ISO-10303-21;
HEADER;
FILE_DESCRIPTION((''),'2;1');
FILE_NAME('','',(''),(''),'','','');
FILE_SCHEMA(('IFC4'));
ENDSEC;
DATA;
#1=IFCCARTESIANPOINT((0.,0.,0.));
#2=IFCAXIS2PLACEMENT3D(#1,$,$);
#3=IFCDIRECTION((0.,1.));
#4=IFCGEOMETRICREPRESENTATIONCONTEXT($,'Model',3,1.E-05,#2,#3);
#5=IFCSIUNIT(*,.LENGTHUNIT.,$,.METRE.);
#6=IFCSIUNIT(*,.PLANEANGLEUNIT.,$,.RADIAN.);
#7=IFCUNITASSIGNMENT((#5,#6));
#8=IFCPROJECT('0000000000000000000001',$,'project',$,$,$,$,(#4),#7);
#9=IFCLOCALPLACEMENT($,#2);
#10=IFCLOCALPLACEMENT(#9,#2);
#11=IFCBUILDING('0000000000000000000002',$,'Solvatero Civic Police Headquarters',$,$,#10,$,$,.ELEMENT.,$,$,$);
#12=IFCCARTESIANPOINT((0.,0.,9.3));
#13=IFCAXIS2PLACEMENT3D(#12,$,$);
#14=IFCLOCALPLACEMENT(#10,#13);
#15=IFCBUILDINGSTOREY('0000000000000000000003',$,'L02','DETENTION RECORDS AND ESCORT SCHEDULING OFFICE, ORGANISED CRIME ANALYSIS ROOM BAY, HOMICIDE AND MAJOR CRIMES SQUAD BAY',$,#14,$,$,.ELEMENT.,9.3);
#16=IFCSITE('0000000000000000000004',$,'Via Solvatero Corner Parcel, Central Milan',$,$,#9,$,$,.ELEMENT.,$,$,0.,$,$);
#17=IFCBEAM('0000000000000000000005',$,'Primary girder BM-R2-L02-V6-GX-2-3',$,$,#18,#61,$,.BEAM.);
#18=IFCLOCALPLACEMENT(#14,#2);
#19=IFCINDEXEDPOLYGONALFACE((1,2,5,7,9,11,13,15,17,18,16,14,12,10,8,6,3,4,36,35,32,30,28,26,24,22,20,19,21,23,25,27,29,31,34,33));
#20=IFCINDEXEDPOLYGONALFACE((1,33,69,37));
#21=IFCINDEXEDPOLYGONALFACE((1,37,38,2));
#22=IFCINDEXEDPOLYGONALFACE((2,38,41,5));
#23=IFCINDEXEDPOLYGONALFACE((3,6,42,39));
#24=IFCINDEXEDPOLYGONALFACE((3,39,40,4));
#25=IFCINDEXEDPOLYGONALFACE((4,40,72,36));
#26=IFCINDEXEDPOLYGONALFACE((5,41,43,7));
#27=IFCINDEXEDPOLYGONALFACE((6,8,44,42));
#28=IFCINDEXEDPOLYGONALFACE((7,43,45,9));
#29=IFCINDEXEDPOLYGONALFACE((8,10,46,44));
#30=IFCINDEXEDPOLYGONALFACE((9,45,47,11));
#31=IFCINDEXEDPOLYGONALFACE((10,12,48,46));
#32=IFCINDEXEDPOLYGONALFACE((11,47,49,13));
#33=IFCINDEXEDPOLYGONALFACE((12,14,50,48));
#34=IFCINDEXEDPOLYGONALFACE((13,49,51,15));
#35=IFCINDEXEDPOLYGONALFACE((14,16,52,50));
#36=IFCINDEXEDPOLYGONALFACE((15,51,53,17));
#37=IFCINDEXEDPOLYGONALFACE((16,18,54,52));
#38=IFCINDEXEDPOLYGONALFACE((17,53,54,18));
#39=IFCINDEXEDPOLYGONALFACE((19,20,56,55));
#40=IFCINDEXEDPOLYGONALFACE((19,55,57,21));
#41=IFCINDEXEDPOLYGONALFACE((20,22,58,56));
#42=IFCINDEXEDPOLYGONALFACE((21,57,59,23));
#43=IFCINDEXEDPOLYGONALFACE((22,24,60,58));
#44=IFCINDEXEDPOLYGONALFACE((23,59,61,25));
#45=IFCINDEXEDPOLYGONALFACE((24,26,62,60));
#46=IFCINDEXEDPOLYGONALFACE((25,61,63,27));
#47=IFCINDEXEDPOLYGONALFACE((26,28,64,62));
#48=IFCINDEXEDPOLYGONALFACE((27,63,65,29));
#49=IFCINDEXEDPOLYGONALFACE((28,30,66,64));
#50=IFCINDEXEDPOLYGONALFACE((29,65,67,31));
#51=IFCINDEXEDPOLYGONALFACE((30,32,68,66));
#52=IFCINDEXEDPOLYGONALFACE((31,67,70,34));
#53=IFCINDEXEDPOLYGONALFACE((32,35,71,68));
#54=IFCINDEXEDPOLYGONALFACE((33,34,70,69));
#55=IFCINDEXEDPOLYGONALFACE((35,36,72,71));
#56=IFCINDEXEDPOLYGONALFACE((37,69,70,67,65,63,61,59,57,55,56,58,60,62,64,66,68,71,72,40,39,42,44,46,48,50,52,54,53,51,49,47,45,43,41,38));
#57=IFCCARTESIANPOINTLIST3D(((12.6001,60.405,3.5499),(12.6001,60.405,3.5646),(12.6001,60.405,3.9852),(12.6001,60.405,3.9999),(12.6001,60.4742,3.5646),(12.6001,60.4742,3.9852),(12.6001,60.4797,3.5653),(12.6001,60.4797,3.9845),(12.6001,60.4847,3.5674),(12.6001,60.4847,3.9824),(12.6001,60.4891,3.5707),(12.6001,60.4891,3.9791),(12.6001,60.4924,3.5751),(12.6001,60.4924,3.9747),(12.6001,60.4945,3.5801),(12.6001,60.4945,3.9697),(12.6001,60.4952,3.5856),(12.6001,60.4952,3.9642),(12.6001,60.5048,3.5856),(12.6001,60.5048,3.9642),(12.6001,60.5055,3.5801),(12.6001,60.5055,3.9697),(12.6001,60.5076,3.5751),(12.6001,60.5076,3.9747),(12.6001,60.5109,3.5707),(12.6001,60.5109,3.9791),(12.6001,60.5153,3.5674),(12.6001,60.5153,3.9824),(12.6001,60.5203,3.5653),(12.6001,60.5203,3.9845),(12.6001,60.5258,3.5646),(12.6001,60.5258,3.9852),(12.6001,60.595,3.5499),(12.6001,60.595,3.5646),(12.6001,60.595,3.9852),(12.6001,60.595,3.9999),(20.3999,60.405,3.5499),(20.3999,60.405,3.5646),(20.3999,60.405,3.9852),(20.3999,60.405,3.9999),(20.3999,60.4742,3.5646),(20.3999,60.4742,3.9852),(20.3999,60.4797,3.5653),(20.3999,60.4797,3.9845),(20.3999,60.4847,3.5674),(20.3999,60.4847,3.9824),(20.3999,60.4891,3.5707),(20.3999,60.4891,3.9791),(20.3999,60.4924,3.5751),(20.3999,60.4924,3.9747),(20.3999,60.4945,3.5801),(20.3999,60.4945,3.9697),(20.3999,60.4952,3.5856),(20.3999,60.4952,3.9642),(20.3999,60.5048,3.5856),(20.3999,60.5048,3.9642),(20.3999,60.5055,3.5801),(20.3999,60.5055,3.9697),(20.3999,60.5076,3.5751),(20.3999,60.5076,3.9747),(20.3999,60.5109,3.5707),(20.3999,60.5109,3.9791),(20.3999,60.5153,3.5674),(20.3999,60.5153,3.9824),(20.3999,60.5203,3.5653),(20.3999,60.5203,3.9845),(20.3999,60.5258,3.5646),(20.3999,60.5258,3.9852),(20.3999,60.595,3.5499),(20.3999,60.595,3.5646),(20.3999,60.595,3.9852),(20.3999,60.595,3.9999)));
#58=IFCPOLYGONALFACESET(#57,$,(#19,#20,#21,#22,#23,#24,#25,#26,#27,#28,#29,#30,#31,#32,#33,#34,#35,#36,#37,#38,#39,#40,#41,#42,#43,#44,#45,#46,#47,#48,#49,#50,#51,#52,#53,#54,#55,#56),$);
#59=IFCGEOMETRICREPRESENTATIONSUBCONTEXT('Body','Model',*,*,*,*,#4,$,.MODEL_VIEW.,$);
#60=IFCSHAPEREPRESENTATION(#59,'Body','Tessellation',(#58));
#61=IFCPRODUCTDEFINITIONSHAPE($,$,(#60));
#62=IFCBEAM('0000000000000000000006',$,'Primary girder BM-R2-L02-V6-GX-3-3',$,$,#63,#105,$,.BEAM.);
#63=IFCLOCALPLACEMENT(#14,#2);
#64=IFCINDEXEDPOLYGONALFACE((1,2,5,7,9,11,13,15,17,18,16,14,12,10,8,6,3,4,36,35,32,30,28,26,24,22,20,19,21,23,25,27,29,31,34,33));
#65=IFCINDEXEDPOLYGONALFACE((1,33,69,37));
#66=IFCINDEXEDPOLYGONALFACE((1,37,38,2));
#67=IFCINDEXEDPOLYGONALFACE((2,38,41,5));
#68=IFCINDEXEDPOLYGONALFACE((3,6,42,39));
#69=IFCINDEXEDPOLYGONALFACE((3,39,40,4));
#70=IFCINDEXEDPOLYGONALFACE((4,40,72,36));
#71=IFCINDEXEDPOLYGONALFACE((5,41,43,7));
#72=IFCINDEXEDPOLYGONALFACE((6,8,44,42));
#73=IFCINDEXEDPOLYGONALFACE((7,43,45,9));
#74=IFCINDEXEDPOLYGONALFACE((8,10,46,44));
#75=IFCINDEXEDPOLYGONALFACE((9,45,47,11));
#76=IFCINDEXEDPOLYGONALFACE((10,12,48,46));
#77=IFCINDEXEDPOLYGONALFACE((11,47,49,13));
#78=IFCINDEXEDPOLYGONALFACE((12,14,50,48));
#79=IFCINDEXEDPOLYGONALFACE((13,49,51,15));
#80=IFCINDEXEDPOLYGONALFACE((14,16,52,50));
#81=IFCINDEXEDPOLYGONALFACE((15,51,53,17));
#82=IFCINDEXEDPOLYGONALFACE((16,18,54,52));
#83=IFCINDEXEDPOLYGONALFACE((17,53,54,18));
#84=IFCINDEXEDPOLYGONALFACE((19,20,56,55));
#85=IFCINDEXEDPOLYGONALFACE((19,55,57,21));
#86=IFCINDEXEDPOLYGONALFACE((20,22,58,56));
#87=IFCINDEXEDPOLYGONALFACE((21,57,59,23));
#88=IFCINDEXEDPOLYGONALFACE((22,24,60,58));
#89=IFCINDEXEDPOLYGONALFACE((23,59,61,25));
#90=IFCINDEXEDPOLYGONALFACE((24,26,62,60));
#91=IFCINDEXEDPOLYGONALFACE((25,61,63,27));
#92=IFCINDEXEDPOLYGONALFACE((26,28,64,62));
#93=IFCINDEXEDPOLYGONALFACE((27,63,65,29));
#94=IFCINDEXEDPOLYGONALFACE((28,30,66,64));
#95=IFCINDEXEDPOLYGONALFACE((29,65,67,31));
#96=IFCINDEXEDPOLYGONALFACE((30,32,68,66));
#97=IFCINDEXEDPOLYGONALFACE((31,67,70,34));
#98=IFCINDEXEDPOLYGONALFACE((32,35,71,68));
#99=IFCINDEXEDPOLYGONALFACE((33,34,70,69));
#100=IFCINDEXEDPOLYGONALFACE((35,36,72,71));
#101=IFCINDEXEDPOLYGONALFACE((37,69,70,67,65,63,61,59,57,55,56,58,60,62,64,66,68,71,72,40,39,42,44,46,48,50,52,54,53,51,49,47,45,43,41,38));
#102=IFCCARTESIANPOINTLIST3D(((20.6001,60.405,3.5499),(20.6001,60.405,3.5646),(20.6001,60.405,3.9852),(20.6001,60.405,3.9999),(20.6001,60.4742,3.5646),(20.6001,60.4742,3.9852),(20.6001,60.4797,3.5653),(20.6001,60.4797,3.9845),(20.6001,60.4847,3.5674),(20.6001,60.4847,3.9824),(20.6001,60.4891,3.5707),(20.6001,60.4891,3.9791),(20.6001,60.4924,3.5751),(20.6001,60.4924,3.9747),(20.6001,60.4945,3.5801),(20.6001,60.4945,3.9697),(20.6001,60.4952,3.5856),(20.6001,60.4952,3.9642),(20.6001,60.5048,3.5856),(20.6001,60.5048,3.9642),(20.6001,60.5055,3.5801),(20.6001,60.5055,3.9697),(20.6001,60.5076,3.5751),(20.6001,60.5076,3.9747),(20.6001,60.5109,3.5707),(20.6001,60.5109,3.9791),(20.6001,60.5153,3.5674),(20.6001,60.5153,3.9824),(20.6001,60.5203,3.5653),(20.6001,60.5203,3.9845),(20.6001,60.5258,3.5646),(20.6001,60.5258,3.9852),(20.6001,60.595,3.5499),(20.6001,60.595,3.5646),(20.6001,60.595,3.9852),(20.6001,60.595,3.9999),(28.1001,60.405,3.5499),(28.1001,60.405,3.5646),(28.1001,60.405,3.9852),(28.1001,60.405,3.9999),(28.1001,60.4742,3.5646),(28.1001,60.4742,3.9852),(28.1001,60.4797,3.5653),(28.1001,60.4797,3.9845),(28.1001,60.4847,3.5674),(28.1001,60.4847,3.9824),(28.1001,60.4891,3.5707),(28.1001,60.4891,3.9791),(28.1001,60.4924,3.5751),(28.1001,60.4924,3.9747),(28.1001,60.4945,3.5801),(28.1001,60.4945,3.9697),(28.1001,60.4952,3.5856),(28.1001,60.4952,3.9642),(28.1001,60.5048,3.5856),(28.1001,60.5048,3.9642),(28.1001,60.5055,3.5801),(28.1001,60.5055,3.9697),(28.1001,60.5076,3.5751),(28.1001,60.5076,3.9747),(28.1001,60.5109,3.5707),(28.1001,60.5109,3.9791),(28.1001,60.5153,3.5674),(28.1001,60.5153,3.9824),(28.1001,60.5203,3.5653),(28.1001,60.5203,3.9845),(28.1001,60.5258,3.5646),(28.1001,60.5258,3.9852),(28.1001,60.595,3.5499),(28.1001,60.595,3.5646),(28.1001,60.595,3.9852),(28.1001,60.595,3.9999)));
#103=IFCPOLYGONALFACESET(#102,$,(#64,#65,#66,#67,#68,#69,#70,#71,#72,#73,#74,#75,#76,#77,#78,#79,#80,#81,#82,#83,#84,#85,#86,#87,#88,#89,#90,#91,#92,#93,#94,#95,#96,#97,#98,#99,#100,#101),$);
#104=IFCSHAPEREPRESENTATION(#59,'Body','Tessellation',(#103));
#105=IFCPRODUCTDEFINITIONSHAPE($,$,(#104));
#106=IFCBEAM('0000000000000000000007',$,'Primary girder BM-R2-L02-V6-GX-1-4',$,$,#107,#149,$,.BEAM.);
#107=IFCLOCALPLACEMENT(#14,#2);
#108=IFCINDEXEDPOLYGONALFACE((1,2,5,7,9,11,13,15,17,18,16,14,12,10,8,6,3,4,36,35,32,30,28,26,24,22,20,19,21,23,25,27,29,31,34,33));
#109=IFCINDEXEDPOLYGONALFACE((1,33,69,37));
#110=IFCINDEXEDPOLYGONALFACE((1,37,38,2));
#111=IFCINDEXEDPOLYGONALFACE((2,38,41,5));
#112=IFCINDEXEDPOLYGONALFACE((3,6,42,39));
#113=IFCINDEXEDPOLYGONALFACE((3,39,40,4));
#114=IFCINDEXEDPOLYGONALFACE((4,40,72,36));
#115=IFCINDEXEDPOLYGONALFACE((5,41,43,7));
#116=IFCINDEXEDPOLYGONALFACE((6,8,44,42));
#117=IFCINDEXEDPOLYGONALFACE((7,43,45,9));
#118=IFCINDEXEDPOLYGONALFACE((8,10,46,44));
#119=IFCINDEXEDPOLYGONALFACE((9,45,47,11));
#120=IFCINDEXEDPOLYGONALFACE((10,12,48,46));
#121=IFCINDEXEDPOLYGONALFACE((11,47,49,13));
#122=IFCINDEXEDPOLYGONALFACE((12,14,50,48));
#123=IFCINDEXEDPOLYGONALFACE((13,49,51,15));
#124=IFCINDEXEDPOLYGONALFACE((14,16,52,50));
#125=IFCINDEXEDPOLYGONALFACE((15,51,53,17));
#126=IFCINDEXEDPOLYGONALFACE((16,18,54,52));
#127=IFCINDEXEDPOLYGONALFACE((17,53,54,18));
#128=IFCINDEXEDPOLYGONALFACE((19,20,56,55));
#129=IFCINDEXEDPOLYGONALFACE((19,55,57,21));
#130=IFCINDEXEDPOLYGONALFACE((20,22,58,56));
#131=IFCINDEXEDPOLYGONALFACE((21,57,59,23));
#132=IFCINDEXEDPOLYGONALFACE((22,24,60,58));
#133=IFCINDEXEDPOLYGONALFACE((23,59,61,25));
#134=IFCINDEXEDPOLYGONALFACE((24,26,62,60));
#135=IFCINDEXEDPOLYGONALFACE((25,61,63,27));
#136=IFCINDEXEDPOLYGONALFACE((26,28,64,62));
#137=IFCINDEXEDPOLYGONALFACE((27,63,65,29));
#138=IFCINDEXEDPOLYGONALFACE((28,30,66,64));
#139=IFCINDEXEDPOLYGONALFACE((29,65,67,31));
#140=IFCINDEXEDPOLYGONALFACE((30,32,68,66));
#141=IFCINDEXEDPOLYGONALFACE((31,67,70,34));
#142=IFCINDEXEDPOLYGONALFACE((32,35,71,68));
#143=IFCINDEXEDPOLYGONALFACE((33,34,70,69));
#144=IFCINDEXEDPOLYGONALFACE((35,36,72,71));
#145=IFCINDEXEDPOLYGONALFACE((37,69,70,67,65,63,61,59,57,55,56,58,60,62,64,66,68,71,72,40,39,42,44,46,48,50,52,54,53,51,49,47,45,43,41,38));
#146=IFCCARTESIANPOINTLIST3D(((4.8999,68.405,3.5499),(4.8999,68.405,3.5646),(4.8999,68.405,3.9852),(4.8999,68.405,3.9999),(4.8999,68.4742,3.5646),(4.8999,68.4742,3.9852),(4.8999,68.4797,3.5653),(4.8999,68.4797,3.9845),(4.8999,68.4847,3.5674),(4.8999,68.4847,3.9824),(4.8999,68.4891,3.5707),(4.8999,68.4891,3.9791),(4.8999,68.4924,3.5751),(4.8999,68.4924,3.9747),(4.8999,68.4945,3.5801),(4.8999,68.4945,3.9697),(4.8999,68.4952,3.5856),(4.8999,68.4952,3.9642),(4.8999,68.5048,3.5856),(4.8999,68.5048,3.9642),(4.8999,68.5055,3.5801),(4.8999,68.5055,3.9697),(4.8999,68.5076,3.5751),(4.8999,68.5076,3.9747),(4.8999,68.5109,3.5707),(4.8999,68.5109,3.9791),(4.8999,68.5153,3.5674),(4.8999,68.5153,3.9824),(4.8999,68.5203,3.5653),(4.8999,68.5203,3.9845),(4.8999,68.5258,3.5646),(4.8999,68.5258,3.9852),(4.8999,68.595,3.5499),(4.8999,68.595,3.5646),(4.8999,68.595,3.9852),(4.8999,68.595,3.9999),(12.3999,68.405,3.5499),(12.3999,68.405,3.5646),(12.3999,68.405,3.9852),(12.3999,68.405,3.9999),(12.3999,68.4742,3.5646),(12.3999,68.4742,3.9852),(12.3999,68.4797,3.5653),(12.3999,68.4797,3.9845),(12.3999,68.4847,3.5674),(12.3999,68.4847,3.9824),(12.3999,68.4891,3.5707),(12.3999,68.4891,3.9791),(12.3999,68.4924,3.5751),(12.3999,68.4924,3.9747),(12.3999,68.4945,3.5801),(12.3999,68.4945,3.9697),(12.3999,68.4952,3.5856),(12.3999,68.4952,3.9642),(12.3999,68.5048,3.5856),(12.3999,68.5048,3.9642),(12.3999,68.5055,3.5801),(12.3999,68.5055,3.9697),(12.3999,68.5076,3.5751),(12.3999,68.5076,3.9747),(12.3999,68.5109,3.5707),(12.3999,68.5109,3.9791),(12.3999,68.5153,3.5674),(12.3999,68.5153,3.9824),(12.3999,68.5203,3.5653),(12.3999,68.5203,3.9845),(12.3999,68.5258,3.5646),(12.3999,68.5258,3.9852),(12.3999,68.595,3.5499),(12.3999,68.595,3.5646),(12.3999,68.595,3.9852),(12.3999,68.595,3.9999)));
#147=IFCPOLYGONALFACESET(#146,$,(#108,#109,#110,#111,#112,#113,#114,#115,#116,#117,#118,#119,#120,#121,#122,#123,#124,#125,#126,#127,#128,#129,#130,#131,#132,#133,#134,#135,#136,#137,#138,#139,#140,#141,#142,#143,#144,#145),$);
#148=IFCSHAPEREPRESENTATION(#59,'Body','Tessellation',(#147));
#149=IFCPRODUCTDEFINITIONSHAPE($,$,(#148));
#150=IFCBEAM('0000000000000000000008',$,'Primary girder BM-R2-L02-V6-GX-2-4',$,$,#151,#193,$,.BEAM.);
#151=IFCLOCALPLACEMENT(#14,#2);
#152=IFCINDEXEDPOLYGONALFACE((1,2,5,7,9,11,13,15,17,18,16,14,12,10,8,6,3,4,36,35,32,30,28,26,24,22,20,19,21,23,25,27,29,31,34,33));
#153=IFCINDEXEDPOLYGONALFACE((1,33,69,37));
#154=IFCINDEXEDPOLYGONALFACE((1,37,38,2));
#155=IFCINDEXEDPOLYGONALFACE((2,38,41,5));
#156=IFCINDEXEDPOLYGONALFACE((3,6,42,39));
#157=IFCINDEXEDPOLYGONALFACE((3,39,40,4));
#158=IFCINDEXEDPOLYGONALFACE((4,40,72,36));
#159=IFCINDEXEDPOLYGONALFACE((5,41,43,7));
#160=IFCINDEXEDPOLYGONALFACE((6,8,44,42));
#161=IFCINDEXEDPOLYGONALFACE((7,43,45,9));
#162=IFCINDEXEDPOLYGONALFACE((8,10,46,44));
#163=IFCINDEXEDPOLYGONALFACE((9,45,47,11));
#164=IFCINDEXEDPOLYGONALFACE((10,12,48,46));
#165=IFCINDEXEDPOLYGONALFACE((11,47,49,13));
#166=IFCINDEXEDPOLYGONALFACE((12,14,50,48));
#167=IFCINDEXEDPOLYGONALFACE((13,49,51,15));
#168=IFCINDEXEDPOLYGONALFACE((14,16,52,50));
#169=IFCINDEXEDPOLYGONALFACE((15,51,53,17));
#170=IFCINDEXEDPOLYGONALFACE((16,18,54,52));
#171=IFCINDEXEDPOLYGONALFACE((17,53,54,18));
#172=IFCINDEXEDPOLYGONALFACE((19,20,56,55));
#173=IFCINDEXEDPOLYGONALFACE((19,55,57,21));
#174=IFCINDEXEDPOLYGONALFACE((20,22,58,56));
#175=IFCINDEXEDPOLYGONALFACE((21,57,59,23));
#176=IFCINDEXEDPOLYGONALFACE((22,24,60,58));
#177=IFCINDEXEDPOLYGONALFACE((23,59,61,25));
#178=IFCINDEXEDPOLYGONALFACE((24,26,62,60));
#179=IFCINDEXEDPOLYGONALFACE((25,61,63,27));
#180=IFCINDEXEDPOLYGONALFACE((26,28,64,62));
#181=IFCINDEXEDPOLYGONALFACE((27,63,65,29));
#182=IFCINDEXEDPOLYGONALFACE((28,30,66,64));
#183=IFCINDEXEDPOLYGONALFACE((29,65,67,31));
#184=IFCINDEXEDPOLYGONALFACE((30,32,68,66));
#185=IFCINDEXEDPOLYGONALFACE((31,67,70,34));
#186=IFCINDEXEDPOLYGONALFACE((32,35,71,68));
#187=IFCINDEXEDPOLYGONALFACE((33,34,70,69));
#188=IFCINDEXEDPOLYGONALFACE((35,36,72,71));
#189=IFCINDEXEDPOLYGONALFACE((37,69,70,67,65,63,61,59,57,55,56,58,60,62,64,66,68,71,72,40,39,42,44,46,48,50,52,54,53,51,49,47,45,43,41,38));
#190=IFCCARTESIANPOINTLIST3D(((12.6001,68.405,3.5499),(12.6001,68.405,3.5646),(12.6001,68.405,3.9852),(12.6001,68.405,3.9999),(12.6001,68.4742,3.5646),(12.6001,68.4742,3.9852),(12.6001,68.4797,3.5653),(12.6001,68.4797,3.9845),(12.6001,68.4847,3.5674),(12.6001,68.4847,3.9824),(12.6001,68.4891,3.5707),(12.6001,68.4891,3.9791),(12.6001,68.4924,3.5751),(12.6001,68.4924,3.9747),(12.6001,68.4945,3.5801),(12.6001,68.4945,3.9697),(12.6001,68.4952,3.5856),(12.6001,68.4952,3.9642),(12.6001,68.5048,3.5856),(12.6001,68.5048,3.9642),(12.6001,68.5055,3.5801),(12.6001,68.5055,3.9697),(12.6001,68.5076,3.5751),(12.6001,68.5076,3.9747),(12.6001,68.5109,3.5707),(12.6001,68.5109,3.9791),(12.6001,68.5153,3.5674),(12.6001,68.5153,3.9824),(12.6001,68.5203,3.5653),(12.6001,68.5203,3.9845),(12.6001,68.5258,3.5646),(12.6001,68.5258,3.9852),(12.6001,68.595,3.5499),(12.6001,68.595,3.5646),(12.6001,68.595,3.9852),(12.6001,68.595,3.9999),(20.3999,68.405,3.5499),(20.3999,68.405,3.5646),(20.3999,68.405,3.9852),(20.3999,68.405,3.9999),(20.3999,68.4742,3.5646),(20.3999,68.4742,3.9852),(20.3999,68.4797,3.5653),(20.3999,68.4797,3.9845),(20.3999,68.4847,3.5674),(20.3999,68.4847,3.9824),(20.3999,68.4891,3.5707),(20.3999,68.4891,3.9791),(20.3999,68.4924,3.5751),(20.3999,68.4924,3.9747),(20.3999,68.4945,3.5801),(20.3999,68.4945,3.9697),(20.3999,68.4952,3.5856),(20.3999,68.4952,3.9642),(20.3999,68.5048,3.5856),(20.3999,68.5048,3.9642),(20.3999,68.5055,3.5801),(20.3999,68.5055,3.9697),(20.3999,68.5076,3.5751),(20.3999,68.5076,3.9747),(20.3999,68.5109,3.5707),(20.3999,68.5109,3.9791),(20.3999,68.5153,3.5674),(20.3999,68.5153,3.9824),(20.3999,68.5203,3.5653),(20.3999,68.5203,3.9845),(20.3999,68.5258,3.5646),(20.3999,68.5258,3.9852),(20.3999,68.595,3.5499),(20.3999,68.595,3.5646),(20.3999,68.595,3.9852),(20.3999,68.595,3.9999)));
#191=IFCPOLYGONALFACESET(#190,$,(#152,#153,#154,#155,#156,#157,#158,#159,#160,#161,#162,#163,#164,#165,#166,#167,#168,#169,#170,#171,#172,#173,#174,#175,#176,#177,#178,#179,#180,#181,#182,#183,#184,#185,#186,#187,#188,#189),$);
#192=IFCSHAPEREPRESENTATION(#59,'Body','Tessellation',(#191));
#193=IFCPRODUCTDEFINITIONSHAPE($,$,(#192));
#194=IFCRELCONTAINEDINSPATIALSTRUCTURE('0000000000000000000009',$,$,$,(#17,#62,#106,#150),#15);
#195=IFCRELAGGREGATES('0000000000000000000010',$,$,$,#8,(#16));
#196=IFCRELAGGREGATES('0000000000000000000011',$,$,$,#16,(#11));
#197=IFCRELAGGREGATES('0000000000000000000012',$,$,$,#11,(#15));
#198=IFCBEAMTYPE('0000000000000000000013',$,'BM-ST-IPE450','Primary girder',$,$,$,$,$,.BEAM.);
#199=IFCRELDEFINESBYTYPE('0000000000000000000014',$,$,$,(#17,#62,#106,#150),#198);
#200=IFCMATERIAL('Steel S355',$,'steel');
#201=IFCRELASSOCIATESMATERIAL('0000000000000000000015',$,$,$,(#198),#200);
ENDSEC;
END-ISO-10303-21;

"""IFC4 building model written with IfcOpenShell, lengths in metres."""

from ifc_helpers import new_model, si_unit, direction, frame, origin, origin_2d, place, context, subcontext, project, spatial, i_section, extrude, material, material_profile, profile_set, type_object, element, save


model = new_model("IFC4")

# Units and contexts
model_context = context("Model", 3, precision=1e-05, world=origin(), true_north=direction((0.0, 1.0)))
body_context = subcontext(model_context, "Body", "Model", "MODEL_VIEW")
ifc_project = project(units=[si_unit("LENGTHUNIT", "METRE"), si_unit("PLANEANGLEUNIT", "RADIAN")], contexts=[model_context])

# Site, building, storey
site_placement = place(None, origin())
site = spatial("IfcSite", under=ifc_project, at=site_placement, Name="Via Solvatero Corner Parcel, Central Milan", CompositionType="ELEMENT", RefElevation=0.0)
building_placement = place(site_placement, origin())
building = spatial("IfcBuilding", under=site, at=building_placement, Name="Solvatero Civic Police Headquarters", CompositionType="ELEMENT")
storey_placement = place(building_placement, frame((0.0, 0.0, 9.3)))
storey = spatial("IfcBuildingStorey", under=building, at=storey_placement, Name="L02", Description="DETENTION RECORDS AND ESCORT SCHEDULING OFFICE, ORGANISED CRIME ANALYSIS ROOM BAY, HOMICIDE AND MAJOR CRIMES SQUAD BAY", CompositionType="ELEMENT", Elevation=9.3)

# Shared definitions
ifc_material_1 = material(Name="Steel S355", Category="steel")

# Beams
ifc_material_profile_1 = material_profile(ifc_material_1, i_section(OverallWidth=0.1899, OverallDepth=0.45, WebThickness=0.0095, FlangeThickness=0.0146, FilletRadius=0.021, at=origin_2d()), Name="IPE 450")
ifc_profile_set_1 = profile_set([ifc_material_profile_1], Name="Steel S355")
beam_type_1 = type_object("IfcBeamType", Name="BM-ST-IPE450", Description="Primary girder", PredefinedType="BEAM", material=ifc_profile_set_1)
beam_1_placement = place(storey_placement, frame((12.6001, 60.5, 3.7749), z_axis=(1.0, 0.0, 0.0), x_axis=(0.0, 1.0, 0.0)))
element("IfcBeam", 1, at=beam_1_placement, inside=storey, type_object=beam_type_1, Name="Primary girder BM-R2-L02-V6-GX-2-3", PredefinedType="BEAM", context=body_context, shape_type="SweptSolid", body=[
    extrude(i_section(OverallWidth=0.1899, OverallDepth=0.45, WebThickness=0.0095, FlangeThickness=0.0146, FilletRadius=0.021, at=origin_2d()), origin(), (0.0, 0.0, 1.0), 7.7998),
])
for number, where, z_axis, x_axis, name in (
    (2, (20.6001, 60.5, 3.7749), (1.0, 0.0, 0.0), (0.0, 1.0, 0.0), "Primary girder BM-R2-L02-V6-GX-3-3"),
    (3, (4.8999, 68.5, 3.7749), (1.0, 0.0, 0.0), (0.0, 1.0, 0.0), "Primary girder BM-R2-L02-V6-GX-1-4"),
):
    element("IfcBeam", number, at=place(storey_placement, frame(where, z_axis=z_axis, x_axis=x_axis)), inside=storey, type_object=beam_type_1, Name=name, PredefinedType="BEAM", context=body_context, shape_type="SweptSolid", body=[
        extrude(i_section(OverallWidth=0.1899, OverallDepth=0.45, WebThickness=0.0095, FlangeThickness=0.0146, FilletRadius=0.021, at=origin_2d()), origin(), (0.0, 0.0, 1.0), 7.5),
    ])
beam_2_placement = place(storey_placement, frame((12.6001, 68.5, 3.7749), z_axis=(1.0, 0.0, 0.0), x_axis=(0.0, 1.0, 0.0)))
element("IfcBeam", 4, at=beam_2_placement, inside=storey, type_object=beam_type_1, Name="Primary girder BM-R2-L02-V6-GX-2-4", PredefinedType="BEAM", context=body_context, shape_type="SweptSolid", body=[
    extrude(i_section(OverallWidth=0.1899, OverallDepth=0.45, WebThickness=0.0095, FlangeThickness=0.0146, FilletRadius=0.021, at=origin_2d()), origin(), (0.0, 0.0, 1.0), 7.7998),
])

save(model, "model.ifc")
